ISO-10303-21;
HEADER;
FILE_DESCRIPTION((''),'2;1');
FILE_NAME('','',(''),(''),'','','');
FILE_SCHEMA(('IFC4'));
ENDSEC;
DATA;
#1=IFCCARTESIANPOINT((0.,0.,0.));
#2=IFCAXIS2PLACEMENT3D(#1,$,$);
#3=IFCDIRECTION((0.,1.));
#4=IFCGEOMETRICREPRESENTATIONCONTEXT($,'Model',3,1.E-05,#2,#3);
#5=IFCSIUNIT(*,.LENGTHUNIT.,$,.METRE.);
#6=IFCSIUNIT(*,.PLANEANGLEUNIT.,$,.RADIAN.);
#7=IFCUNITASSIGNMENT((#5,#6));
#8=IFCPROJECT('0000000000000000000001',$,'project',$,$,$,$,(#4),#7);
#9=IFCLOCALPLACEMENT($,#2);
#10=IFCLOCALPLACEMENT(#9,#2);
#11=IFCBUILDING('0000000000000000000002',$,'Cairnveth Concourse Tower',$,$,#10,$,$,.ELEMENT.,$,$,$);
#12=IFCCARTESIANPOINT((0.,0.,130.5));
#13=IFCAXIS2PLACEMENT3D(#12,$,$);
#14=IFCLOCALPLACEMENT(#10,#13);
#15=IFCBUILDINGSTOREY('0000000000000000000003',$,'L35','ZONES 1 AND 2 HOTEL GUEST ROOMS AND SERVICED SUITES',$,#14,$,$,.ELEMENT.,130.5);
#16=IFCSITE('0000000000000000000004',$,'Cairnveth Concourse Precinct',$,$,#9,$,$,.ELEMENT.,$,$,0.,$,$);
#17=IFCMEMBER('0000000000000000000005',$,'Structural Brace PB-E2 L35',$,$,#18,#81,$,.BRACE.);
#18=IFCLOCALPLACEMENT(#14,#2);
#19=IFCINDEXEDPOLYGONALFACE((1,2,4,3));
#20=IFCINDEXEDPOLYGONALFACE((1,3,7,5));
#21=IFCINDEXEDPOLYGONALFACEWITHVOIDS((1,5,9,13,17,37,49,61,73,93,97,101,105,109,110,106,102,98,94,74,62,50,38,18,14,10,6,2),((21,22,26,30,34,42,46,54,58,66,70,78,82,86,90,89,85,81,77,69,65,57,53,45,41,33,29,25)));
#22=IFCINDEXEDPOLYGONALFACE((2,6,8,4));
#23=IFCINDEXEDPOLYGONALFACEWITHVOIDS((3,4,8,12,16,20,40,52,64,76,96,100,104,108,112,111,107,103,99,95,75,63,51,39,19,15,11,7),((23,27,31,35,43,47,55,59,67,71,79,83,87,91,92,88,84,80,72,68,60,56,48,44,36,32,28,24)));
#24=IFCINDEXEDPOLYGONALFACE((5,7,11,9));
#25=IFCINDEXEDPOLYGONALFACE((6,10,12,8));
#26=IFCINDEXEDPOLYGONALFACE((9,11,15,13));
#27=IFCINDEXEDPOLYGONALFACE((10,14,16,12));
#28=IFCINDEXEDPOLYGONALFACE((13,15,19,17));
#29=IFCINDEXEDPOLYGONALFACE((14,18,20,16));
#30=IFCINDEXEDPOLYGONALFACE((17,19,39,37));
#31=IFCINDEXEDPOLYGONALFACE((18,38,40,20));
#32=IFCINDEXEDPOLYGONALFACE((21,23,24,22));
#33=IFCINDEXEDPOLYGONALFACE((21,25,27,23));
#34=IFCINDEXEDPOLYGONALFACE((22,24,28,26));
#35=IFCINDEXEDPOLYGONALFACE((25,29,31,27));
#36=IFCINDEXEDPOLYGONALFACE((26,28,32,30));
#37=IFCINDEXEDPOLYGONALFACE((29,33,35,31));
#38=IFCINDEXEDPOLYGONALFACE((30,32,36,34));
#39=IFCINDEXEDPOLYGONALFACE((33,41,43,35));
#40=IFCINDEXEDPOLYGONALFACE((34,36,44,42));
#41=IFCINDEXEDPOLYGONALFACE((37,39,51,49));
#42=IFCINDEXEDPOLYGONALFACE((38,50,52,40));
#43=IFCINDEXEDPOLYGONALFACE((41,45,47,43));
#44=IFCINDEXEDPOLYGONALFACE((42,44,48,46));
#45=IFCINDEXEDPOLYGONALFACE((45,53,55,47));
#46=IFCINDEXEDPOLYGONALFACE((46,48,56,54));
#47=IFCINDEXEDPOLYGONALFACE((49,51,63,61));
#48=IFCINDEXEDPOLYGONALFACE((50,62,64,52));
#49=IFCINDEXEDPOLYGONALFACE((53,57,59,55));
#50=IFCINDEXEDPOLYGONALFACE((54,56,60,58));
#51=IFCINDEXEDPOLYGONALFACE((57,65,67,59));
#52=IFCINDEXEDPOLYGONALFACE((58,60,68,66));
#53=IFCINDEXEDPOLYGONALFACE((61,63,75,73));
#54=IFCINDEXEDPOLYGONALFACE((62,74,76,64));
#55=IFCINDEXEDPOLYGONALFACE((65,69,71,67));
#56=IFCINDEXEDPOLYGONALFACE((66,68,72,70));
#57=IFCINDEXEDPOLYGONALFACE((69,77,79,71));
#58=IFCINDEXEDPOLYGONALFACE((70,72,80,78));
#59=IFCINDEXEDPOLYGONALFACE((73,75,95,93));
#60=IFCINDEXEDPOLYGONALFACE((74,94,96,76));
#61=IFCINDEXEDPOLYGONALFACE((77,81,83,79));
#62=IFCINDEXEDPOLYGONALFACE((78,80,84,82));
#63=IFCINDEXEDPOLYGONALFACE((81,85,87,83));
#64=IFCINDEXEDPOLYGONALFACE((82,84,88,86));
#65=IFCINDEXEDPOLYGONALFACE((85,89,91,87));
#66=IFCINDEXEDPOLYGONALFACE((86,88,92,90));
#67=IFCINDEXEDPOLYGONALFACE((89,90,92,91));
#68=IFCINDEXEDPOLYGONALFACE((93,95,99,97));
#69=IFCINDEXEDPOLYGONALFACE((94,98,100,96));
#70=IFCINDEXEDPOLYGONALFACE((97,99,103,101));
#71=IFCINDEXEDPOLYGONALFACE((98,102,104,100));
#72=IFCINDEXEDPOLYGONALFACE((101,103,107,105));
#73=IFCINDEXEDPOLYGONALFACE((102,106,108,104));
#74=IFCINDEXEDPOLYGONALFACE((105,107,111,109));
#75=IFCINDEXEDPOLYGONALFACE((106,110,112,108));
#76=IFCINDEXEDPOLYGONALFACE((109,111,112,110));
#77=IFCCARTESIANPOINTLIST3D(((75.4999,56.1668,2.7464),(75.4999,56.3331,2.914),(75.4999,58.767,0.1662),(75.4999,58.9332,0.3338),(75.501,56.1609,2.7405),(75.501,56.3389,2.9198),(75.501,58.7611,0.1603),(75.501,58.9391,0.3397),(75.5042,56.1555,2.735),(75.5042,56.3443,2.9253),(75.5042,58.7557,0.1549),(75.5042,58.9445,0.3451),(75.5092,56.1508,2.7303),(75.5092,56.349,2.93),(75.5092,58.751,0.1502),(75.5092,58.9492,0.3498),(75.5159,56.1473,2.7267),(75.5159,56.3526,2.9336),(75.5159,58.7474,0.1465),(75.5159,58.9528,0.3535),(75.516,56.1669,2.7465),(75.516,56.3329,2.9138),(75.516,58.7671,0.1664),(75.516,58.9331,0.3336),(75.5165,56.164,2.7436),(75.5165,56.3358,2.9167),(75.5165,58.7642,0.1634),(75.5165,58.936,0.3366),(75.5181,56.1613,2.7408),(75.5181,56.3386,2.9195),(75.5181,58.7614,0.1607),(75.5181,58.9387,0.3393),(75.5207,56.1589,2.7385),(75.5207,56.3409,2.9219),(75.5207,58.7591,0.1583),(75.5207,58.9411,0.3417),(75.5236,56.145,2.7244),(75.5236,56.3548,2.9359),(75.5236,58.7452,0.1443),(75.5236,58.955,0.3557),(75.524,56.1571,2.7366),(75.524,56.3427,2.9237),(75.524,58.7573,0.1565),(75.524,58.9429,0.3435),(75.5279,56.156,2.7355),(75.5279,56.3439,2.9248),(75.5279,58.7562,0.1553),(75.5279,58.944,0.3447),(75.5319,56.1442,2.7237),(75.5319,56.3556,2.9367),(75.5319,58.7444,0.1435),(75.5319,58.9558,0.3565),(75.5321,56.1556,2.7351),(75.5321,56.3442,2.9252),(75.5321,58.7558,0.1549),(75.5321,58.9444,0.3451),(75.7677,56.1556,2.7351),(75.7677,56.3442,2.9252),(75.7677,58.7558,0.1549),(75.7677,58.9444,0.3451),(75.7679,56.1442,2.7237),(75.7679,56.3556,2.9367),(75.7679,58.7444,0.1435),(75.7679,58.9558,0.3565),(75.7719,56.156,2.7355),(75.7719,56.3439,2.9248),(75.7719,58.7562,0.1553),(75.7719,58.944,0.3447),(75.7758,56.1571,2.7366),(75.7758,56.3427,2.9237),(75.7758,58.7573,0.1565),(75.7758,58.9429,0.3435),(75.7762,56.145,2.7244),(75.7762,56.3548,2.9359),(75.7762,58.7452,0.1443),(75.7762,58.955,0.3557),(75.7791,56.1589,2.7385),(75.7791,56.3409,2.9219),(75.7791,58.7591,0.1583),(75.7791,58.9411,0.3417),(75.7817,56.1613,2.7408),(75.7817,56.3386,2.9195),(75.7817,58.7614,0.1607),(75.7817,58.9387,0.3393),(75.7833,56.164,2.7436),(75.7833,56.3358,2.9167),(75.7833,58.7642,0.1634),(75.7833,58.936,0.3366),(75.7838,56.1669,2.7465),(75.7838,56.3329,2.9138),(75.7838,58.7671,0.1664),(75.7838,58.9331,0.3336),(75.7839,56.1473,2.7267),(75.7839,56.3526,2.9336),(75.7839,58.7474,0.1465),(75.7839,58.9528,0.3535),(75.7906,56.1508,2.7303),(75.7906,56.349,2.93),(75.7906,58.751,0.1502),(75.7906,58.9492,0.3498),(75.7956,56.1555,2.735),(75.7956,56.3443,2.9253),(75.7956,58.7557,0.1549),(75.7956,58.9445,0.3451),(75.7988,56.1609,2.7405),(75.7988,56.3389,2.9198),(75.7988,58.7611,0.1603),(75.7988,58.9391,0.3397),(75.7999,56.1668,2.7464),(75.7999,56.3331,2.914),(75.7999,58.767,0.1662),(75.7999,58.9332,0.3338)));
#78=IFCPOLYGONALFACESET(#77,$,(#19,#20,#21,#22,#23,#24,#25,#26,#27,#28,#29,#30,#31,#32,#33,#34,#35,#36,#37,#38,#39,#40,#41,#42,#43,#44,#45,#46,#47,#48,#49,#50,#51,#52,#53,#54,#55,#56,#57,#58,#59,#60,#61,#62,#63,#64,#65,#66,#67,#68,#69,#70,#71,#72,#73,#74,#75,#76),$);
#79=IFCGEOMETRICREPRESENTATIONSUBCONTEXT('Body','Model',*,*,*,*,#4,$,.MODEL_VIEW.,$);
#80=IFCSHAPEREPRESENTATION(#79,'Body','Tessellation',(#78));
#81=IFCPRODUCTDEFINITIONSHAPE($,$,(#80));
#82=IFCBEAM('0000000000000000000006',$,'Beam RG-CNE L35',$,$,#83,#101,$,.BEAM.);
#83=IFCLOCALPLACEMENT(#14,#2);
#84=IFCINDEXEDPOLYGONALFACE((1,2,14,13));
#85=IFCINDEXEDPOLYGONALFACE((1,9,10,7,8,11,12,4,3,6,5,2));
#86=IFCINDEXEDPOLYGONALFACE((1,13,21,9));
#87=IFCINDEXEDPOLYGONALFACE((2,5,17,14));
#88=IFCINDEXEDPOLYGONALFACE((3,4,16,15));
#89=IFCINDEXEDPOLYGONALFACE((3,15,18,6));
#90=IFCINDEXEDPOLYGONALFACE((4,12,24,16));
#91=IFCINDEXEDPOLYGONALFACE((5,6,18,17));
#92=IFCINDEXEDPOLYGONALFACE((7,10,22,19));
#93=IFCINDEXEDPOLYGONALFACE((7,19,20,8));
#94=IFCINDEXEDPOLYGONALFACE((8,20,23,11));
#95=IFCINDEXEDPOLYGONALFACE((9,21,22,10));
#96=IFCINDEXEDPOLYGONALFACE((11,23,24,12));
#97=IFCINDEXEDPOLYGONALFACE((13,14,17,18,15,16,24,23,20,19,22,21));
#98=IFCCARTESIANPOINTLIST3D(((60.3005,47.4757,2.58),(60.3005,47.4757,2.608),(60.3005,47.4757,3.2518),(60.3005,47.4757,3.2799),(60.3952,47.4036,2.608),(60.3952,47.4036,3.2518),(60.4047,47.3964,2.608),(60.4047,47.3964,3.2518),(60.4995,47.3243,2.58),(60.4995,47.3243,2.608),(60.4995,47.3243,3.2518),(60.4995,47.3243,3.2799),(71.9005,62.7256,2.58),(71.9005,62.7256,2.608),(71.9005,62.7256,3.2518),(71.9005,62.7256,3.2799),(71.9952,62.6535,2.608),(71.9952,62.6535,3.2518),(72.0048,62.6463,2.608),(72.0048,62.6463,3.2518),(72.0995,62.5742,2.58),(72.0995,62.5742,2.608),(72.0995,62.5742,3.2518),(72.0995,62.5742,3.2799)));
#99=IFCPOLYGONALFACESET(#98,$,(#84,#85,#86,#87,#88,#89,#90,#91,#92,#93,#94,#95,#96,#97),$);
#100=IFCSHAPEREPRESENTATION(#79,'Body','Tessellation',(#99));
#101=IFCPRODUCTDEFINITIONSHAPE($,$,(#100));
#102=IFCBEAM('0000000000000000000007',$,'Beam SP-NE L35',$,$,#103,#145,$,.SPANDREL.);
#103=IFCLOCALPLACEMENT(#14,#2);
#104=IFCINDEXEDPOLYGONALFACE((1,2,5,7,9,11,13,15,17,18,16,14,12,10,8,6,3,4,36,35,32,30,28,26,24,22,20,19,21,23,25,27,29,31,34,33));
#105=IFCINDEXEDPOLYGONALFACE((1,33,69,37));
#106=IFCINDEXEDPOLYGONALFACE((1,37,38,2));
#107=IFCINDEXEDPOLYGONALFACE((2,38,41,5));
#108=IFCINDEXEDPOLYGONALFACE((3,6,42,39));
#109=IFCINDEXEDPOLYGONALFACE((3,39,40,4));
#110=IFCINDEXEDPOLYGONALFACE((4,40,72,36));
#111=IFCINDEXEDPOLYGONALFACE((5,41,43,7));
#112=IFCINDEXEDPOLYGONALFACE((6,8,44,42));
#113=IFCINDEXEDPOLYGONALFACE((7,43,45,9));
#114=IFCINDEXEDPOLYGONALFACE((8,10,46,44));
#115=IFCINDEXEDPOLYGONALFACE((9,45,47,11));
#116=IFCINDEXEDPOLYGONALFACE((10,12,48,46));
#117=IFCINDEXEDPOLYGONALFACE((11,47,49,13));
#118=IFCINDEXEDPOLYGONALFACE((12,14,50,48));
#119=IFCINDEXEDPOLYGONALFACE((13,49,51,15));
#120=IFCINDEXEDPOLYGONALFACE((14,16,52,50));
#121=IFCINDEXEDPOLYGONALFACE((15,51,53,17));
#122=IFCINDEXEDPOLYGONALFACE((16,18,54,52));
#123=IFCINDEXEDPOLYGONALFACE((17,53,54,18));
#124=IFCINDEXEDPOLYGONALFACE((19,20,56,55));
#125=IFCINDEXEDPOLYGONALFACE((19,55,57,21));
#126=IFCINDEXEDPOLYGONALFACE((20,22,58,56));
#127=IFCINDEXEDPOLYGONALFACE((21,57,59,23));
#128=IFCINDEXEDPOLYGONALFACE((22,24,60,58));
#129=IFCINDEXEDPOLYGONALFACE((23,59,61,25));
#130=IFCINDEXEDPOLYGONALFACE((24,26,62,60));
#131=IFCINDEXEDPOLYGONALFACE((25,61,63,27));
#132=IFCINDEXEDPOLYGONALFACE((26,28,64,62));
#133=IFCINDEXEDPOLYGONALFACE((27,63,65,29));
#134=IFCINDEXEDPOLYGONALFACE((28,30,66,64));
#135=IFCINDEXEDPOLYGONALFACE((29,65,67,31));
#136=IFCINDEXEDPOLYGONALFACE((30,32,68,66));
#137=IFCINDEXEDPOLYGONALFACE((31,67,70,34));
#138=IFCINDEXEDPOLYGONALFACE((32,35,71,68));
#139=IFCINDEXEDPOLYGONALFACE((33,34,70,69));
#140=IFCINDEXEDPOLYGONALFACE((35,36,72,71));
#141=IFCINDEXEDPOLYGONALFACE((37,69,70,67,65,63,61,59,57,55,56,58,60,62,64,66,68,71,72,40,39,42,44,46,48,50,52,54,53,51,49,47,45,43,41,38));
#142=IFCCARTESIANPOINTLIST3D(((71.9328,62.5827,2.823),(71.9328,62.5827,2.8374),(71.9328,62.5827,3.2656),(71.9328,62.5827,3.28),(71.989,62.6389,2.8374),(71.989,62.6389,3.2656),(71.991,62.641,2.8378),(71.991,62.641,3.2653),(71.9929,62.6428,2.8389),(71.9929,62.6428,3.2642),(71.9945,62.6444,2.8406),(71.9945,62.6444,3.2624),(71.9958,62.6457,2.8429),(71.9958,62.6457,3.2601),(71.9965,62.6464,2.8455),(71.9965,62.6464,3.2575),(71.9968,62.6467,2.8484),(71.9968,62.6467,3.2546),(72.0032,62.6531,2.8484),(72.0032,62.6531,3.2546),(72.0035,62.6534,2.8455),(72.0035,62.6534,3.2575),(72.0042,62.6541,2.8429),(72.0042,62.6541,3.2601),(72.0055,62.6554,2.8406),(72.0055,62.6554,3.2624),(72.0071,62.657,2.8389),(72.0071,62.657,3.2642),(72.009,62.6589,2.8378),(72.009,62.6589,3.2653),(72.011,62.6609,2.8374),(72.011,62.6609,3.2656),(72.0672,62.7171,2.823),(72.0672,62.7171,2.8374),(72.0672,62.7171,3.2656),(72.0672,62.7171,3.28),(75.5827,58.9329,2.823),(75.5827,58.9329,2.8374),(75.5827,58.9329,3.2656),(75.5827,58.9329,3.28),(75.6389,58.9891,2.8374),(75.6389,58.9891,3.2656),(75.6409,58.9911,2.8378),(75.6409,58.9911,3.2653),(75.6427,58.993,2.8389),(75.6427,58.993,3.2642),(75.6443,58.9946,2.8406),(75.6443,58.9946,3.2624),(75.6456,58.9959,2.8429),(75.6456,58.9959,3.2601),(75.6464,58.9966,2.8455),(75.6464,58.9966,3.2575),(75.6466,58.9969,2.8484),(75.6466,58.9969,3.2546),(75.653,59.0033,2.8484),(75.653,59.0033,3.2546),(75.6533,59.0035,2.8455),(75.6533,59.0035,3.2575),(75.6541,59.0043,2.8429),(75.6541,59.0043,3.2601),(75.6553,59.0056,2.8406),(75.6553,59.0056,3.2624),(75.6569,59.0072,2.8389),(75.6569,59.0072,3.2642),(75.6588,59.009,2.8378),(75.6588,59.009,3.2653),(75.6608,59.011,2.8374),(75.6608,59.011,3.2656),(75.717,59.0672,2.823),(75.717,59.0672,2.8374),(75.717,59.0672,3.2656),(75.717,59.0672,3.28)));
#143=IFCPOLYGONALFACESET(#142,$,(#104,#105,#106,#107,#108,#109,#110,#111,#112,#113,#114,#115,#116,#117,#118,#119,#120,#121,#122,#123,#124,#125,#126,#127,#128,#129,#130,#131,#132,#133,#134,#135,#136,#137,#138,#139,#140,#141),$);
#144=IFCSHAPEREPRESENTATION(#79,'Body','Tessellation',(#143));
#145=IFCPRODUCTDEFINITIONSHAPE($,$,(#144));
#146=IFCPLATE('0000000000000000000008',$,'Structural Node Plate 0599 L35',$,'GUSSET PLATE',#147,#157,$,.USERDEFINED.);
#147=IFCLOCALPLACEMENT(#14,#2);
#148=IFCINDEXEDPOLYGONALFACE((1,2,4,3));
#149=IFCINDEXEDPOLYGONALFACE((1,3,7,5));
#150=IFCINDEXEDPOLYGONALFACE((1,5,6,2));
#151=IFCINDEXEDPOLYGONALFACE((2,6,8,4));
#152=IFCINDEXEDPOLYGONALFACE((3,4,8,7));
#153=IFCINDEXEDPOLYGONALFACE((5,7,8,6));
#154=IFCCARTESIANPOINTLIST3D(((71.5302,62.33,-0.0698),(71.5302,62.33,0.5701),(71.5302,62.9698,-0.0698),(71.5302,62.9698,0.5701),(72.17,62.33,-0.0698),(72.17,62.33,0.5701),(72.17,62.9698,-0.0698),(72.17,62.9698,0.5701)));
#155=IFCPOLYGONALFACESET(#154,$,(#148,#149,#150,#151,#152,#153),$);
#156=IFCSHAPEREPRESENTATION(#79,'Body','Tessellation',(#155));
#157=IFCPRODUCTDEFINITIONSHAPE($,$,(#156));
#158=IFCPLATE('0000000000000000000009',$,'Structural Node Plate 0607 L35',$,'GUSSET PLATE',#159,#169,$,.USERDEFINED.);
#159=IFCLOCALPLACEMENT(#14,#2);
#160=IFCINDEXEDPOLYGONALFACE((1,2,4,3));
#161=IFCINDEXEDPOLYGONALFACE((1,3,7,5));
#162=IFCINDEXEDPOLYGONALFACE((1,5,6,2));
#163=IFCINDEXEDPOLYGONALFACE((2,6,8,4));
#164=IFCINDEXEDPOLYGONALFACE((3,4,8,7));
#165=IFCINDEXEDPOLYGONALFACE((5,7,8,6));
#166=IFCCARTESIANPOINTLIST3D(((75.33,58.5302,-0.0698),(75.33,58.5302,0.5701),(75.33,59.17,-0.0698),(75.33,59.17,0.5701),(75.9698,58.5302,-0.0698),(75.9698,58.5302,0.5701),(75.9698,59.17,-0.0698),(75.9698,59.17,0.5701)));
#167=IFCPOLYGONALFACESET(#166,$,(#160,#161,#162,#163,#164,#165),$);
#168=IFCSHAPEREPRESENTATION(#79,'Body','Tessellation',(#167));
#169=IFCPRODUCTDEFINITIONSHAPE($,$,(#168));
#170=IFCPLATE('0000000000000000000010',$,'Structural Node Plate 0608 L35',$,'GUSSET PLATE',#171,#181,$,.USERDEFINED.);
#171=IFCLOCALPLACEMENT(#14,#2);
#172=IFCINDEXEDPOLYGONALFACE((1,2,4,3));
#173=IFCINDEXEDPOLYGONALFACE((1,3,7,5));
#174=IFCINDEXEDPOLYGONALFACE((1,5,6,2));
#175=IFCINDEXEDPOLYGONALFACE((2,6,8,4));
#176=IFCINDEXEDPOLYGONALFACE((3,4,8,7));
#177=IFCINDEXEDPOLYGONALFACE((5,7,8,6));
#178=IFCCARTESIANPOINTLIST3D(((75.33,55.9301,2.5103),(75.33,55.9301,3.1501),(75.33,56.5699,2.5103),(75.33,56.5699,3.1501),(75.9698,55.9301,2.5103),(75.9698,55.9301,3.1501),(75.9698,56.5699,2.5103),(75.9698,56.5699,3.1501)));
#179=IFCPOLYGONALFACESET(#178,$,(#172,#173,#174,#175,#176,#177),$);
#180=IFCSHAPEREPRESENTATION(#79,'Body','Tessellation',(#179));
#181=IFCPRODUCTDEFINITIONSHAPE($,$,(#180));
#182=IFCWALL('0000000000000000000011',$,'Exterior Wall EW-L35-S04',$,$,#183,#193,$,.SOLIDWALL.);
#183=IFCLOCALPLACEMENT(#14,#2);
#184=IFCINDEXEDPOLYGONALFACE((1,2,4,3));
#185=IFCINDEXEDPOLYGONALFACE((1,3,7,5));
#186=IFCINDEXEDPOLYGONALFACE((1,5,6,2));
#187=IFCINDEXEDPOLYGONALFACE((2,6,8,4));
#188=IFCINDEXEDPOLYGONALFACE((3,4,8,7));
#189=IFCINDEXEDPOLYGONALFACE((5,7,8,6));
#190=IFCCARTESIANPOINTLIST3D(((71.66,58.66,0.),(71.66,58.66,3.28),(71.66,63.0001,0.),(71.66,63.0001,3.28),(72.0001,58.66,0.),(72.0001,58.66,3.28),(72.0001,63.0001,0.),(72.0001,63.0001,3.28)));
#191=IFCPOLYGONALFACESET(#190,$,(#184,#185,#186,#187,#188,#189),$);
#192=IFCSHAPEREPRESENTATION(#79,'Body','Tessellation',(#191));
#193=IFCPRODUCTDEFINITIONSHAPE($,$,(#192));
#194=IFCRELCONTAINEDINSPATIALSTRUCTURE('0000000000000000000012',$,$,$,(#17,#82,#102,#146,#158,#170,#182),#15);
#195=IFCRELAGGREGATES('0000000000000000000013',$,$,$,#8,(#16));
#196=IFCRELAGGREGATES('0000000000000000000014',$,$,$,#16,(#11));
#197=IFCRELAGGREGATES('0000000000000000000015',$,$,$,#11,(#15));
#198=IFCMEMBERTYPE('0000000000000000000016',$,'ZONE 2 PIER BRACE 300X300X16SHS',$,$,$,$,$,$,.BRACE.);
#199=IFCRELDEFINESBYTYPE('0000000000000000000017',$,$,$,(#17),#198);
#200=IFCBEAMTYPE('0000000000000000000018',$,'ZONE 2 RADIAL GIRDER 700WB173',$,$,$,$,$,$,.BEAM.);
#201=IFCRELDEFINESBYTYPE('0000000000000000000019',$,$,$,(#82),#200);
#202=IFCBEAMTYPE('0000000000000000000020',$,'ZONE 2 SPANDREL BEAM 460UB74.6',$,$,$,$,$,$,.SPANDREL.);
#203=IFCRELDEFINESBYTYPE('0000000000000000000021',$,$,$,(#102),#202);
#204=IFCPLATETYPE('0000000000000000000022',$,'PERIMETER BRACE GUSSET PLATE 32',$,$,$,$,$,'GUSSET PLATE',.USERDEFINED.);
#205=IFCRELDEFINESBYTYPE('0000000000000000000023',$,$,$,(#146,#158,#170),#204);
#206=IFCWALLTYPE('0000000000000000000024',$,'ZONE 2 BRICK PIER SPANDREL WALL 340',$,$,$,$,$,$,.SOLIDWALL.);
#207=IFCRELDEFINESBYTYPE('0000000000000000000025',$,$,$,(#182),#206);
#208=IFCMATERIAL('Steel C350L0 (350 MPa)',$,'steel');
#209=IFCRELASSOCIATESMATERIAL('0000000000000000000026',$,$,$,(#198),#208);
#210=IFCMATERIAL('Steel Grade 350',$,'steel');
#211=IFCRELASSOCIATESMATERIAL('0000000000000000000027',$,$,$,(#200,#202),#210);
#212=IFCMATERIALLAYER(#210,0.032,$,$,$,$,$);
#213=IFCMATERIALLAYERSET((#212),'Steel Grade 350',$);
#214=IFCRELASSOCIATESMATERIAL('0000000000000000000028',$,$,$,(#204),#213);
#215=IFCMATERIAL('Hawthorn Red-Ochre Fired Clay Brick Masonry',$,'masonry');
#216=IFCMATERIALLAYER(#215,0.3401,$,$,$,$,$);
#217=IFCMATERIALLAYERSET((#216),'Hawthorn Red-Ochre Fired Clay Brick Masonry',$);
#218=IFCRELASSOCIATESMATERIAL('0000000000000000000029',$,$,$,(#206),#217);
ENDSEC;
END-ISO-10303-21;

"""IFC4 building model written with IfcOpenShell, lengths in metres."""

from ifc_helpers import new_model, si_unit, direction, frame, frame_2d, origin, origin_2d, place, context, subcontext, project, spatial, rectangle, hollow_rectangle, i_section, extrude, material, layer, layer_set, material_profile, profile_set, type_object, element, save


model = new_model("IFC4")

# Units and contexts
model_context = context("Model", 3, precision=1e-05, world=origin(), true_north=direction((0.0, 1.0)))
body_context = subcontext(model_context, "Body", "Model", "MODEL_VIEW")
ifc_project = project(units=[si_unit("LENGTHUNIT", "METRE"), si_unit("PLANEANGLEUNIT", "RADIAN")], contexts=[model_context])

# Site, building, storey
site_placement = place(None, origin())
site = spatial("IfcSite", under=ifc_project, at=site_placement, Name="Cairnveth Concourse Precinct", CompositionType="ELEMENT", RefElevation=0.0)
building_placement = place(site_placement, origin())
building = spatial("IfcBuilding", under=site, at=building_placement, Name="Cairnveth Concourse Tower", CompositionType="ELEMENT")
storey_placement = place(building_placement, frame((0.0, 0.0, 130.5)))
storey = spatial("IfcBuildingStorey", under=building, at=storey_placement, Name="L35", Description="ZONES 1 AND 2 HOTEL GUEST ROOMS AND SERVICED SUITES", CompositionType="ELEMENT", Elevation=130.5)

# Shared definitions
ifc_material_1 = material(Name="Steel Grade 350", Category="steel")

# Member
ifc_material_2 = material(Name="Steel C350L0 (350 MPa)", Category="steel")
ifc_material_profile_1 = material_profile(ifc_material_2, hollow_rectangle(XDim=0.3, YDim=0.3, WallThickness=0.0161, InnerFilletRadius=0.0161, OuterFilletRadius=0.032, at=origin_2d()), Name="300x300x16.0SHS")
ifc_profile_set_1 = profile_set([ifc_material_profile_1], Name="Steel C350L0 (350 MPa)")
member_type = type_object("IfcMemberType", Name="ZONE 2 PIER BRACE 300X300X16SHS", PredefinedType="BRACE", material=ifc_profile_set_1)
for number, where, z_axis, x_axis, name in (
    (1, (75.6499, 58.8501, 0.25), (0.0, -0.709834, 0.704369), (1.0, 0.0, 0.0), "Structural Brace PB-E2 L35"),
):
    element("IfcMember", number, at=place(storey_placement, frame(where, z_axis=z_axis, x_axis=x_axis)), inside=storey, type_object=member_type, Name=name, PredefinedType="BRACE", context=body_context, shape_type="SweptSolid", body=[
        extrude(hollow_rectangle(XDim=0.3, YDim=0.3, WallThickness=0.0161, InnerFilletRadius=0.0161, OuterFilletRadius=0.032, at=origin_2d()), origin(), (0.0, 0.0, 1.0), 3.6631),
    ])

# Beams
ifc_material_profile_2 = material_profile(ifc_material_1, i_section(OverallWidth=0.25, OverallDepth=0.7, WebThickness=0.012, FlangeThickness=0.0281, at=origin_2d()), Name="700WB173")
ifc_profile_set_2 = profile_set([ifc_material_profile_2], Name="Steel Grade 350")
beam_type_1 = type_object("IfcBeamType", Name="ZONE 2 RADIAL GIRDER 700WB173", PredefinedType="BEAM", material=ifc_profile_set_2)
beam_1_placement = place(storey_placement, frame((72.0, 62.6499, 2.9299), z_axis=(-0.605417, -0.795908, 0.0), x_axis=(0.795908, -0.605417, 0.0)))
element("IfcBeam", 2, at=beam_1_placement, inside=storey, type_object=beam_type_1, Name="Beam RG-CNE L35", PredefinedType="BEAM", context=body_context, shape_type="SweptSolid", body=[
    extrude(i_section(OverallWidth=0.25, OverallDepth=0.7, WebThickness=0.012, FlangeThickness=0.0281, at=origin_2d()), origin(), (0.0, 0.0, 1.0), 19.1604),
])
ifc_material_profile_3 = material_profile(ifc_material_1, i_section(OverallWidth=0.1899, OverallDepth=0.457, WebThickness=0.009, FlangeThickness=0.0144, FilletRadius=0.011, at=origin_2d()), Name="460UB74.6")
ifc_profile_set_3 = profile_set([ifc_material_profile_3], Name="Steel Grade 350")
beam_type_2 = type_object("IfcBeamType", Name="ZONE 2 SPANDREL BEAM 460UB74.6", PredefinedType="SPANDREL", material=ifc_profile_set_3)
beam_2_placement = place(storey_placement, frame((72.0, 62.6499, 3.0515), z_axis=(0.707107, -0.707107, 0.0), x_axis=(0.707107, 0.707107, 0.0)))
element("IfcBeam", 3, at=beam_2_placement, inside=storey, type_object=beam_type_2, Name="Beam SP-NE L35", PredefinedType="SPANDREL", context=body_context, shape_type="SweptSolid", body=[
    extrude(i_section(OverallWidth=0.1899, OverallDepth=0.457, WebThickness=0.009, FlangeThickness=0.0144, FilletRadius=0.011, at=origin_2d()), origin(), (0.0, 0.0, 1.0), 5.1616),
])

# Plates
ifc_layer_1 = layer(ifc_material_1, 0.032)
ifc_layer_set_1 = layer_set([ifc_layer_1], Name="Steel Grade 350")
plate_type = type_object("IfcPlateType", Name="PERIMETER BRACE GUSSET PLATE 32", ElementType="GUSSET PLATE", PredefinedType="USERDEFINED", material=ifc_layer_set_1)
for number, where, z_axis, x_axis, name in (
    (4, (71.8501, 62.6499, -0.0698), (0.0, 0.0, 1.0), (1.0, 0.0, 0.0), "Structural Node Plate 0599 L35"),
    (5, (75.6499, 58.8501, -0.0698), (0.0, 0.0, 1.0), (1.0, 0.0, 0.0), "Structural Node Plate 0607 L35"),
    (6, (75.6499, 56.25, 2.5103), (0.0, 0.0, 1.0), (1.0, 0.0, 0.0), "Structural Node Plate 0608 L35"),
):
    element("IfcPlate", number, at=place(storey_placement, frame(where, z_axis=z_axis, x_axis=x_axis)), inside=storey, type_object=plate_type, Name=name, ObjectType="GUSSET PLATE", PredefinedType="USERDEFINED", context=body_context, shape_type="SweptSolid", body=[
        extrude(rectangle(XDim=0.6399, YDim=0.6399, at=origin_2d()), origin(), (0.0, 0.0, 1.0), 0.6399),
    ])

# Wall
ifc_material_3 = material(Name="Hawthorn Red-Ochre Fired Clay Brick Masonry", Category="masonry")
ifc_layer_2 = layer(ifc_material_3, 0.3401)
ifc_layer_set_2 = layer_set([ifc_layer_2], Name="Hawthorn Red-Ochre Fired Clay Brick Masonry")
wall_type = type_object("IfcWallType", Name="ZONE 2 BRICK PIER SPANDREL WALL 340", PredefinedType="SOLIDWALL", material=ifc_layer_set_2)
wall_1_placement = place(storey_placement, frame((71.8301, 63.0, 0.0), z_axis=(0.0, 0.0, 1.0), x_axis=(0.0, -1.0, 0.0)))
element("IfcWall", 7, at=wall_1_placement, inside=storey, type_object=wall_type, Name="Exterior Wall EW-L35-S04", PredefinedType="SOLIDWALL", context=body_context, shape_type="SweptSolid", body=[
    extrude(rectangle(XDim=4.3401, YDim=0.3401, at=frame_2d((2.1699, 0.0))), origin(), (0.0, 0.0, 1.0), 3.28),
])

save(model, "model.ifc")
